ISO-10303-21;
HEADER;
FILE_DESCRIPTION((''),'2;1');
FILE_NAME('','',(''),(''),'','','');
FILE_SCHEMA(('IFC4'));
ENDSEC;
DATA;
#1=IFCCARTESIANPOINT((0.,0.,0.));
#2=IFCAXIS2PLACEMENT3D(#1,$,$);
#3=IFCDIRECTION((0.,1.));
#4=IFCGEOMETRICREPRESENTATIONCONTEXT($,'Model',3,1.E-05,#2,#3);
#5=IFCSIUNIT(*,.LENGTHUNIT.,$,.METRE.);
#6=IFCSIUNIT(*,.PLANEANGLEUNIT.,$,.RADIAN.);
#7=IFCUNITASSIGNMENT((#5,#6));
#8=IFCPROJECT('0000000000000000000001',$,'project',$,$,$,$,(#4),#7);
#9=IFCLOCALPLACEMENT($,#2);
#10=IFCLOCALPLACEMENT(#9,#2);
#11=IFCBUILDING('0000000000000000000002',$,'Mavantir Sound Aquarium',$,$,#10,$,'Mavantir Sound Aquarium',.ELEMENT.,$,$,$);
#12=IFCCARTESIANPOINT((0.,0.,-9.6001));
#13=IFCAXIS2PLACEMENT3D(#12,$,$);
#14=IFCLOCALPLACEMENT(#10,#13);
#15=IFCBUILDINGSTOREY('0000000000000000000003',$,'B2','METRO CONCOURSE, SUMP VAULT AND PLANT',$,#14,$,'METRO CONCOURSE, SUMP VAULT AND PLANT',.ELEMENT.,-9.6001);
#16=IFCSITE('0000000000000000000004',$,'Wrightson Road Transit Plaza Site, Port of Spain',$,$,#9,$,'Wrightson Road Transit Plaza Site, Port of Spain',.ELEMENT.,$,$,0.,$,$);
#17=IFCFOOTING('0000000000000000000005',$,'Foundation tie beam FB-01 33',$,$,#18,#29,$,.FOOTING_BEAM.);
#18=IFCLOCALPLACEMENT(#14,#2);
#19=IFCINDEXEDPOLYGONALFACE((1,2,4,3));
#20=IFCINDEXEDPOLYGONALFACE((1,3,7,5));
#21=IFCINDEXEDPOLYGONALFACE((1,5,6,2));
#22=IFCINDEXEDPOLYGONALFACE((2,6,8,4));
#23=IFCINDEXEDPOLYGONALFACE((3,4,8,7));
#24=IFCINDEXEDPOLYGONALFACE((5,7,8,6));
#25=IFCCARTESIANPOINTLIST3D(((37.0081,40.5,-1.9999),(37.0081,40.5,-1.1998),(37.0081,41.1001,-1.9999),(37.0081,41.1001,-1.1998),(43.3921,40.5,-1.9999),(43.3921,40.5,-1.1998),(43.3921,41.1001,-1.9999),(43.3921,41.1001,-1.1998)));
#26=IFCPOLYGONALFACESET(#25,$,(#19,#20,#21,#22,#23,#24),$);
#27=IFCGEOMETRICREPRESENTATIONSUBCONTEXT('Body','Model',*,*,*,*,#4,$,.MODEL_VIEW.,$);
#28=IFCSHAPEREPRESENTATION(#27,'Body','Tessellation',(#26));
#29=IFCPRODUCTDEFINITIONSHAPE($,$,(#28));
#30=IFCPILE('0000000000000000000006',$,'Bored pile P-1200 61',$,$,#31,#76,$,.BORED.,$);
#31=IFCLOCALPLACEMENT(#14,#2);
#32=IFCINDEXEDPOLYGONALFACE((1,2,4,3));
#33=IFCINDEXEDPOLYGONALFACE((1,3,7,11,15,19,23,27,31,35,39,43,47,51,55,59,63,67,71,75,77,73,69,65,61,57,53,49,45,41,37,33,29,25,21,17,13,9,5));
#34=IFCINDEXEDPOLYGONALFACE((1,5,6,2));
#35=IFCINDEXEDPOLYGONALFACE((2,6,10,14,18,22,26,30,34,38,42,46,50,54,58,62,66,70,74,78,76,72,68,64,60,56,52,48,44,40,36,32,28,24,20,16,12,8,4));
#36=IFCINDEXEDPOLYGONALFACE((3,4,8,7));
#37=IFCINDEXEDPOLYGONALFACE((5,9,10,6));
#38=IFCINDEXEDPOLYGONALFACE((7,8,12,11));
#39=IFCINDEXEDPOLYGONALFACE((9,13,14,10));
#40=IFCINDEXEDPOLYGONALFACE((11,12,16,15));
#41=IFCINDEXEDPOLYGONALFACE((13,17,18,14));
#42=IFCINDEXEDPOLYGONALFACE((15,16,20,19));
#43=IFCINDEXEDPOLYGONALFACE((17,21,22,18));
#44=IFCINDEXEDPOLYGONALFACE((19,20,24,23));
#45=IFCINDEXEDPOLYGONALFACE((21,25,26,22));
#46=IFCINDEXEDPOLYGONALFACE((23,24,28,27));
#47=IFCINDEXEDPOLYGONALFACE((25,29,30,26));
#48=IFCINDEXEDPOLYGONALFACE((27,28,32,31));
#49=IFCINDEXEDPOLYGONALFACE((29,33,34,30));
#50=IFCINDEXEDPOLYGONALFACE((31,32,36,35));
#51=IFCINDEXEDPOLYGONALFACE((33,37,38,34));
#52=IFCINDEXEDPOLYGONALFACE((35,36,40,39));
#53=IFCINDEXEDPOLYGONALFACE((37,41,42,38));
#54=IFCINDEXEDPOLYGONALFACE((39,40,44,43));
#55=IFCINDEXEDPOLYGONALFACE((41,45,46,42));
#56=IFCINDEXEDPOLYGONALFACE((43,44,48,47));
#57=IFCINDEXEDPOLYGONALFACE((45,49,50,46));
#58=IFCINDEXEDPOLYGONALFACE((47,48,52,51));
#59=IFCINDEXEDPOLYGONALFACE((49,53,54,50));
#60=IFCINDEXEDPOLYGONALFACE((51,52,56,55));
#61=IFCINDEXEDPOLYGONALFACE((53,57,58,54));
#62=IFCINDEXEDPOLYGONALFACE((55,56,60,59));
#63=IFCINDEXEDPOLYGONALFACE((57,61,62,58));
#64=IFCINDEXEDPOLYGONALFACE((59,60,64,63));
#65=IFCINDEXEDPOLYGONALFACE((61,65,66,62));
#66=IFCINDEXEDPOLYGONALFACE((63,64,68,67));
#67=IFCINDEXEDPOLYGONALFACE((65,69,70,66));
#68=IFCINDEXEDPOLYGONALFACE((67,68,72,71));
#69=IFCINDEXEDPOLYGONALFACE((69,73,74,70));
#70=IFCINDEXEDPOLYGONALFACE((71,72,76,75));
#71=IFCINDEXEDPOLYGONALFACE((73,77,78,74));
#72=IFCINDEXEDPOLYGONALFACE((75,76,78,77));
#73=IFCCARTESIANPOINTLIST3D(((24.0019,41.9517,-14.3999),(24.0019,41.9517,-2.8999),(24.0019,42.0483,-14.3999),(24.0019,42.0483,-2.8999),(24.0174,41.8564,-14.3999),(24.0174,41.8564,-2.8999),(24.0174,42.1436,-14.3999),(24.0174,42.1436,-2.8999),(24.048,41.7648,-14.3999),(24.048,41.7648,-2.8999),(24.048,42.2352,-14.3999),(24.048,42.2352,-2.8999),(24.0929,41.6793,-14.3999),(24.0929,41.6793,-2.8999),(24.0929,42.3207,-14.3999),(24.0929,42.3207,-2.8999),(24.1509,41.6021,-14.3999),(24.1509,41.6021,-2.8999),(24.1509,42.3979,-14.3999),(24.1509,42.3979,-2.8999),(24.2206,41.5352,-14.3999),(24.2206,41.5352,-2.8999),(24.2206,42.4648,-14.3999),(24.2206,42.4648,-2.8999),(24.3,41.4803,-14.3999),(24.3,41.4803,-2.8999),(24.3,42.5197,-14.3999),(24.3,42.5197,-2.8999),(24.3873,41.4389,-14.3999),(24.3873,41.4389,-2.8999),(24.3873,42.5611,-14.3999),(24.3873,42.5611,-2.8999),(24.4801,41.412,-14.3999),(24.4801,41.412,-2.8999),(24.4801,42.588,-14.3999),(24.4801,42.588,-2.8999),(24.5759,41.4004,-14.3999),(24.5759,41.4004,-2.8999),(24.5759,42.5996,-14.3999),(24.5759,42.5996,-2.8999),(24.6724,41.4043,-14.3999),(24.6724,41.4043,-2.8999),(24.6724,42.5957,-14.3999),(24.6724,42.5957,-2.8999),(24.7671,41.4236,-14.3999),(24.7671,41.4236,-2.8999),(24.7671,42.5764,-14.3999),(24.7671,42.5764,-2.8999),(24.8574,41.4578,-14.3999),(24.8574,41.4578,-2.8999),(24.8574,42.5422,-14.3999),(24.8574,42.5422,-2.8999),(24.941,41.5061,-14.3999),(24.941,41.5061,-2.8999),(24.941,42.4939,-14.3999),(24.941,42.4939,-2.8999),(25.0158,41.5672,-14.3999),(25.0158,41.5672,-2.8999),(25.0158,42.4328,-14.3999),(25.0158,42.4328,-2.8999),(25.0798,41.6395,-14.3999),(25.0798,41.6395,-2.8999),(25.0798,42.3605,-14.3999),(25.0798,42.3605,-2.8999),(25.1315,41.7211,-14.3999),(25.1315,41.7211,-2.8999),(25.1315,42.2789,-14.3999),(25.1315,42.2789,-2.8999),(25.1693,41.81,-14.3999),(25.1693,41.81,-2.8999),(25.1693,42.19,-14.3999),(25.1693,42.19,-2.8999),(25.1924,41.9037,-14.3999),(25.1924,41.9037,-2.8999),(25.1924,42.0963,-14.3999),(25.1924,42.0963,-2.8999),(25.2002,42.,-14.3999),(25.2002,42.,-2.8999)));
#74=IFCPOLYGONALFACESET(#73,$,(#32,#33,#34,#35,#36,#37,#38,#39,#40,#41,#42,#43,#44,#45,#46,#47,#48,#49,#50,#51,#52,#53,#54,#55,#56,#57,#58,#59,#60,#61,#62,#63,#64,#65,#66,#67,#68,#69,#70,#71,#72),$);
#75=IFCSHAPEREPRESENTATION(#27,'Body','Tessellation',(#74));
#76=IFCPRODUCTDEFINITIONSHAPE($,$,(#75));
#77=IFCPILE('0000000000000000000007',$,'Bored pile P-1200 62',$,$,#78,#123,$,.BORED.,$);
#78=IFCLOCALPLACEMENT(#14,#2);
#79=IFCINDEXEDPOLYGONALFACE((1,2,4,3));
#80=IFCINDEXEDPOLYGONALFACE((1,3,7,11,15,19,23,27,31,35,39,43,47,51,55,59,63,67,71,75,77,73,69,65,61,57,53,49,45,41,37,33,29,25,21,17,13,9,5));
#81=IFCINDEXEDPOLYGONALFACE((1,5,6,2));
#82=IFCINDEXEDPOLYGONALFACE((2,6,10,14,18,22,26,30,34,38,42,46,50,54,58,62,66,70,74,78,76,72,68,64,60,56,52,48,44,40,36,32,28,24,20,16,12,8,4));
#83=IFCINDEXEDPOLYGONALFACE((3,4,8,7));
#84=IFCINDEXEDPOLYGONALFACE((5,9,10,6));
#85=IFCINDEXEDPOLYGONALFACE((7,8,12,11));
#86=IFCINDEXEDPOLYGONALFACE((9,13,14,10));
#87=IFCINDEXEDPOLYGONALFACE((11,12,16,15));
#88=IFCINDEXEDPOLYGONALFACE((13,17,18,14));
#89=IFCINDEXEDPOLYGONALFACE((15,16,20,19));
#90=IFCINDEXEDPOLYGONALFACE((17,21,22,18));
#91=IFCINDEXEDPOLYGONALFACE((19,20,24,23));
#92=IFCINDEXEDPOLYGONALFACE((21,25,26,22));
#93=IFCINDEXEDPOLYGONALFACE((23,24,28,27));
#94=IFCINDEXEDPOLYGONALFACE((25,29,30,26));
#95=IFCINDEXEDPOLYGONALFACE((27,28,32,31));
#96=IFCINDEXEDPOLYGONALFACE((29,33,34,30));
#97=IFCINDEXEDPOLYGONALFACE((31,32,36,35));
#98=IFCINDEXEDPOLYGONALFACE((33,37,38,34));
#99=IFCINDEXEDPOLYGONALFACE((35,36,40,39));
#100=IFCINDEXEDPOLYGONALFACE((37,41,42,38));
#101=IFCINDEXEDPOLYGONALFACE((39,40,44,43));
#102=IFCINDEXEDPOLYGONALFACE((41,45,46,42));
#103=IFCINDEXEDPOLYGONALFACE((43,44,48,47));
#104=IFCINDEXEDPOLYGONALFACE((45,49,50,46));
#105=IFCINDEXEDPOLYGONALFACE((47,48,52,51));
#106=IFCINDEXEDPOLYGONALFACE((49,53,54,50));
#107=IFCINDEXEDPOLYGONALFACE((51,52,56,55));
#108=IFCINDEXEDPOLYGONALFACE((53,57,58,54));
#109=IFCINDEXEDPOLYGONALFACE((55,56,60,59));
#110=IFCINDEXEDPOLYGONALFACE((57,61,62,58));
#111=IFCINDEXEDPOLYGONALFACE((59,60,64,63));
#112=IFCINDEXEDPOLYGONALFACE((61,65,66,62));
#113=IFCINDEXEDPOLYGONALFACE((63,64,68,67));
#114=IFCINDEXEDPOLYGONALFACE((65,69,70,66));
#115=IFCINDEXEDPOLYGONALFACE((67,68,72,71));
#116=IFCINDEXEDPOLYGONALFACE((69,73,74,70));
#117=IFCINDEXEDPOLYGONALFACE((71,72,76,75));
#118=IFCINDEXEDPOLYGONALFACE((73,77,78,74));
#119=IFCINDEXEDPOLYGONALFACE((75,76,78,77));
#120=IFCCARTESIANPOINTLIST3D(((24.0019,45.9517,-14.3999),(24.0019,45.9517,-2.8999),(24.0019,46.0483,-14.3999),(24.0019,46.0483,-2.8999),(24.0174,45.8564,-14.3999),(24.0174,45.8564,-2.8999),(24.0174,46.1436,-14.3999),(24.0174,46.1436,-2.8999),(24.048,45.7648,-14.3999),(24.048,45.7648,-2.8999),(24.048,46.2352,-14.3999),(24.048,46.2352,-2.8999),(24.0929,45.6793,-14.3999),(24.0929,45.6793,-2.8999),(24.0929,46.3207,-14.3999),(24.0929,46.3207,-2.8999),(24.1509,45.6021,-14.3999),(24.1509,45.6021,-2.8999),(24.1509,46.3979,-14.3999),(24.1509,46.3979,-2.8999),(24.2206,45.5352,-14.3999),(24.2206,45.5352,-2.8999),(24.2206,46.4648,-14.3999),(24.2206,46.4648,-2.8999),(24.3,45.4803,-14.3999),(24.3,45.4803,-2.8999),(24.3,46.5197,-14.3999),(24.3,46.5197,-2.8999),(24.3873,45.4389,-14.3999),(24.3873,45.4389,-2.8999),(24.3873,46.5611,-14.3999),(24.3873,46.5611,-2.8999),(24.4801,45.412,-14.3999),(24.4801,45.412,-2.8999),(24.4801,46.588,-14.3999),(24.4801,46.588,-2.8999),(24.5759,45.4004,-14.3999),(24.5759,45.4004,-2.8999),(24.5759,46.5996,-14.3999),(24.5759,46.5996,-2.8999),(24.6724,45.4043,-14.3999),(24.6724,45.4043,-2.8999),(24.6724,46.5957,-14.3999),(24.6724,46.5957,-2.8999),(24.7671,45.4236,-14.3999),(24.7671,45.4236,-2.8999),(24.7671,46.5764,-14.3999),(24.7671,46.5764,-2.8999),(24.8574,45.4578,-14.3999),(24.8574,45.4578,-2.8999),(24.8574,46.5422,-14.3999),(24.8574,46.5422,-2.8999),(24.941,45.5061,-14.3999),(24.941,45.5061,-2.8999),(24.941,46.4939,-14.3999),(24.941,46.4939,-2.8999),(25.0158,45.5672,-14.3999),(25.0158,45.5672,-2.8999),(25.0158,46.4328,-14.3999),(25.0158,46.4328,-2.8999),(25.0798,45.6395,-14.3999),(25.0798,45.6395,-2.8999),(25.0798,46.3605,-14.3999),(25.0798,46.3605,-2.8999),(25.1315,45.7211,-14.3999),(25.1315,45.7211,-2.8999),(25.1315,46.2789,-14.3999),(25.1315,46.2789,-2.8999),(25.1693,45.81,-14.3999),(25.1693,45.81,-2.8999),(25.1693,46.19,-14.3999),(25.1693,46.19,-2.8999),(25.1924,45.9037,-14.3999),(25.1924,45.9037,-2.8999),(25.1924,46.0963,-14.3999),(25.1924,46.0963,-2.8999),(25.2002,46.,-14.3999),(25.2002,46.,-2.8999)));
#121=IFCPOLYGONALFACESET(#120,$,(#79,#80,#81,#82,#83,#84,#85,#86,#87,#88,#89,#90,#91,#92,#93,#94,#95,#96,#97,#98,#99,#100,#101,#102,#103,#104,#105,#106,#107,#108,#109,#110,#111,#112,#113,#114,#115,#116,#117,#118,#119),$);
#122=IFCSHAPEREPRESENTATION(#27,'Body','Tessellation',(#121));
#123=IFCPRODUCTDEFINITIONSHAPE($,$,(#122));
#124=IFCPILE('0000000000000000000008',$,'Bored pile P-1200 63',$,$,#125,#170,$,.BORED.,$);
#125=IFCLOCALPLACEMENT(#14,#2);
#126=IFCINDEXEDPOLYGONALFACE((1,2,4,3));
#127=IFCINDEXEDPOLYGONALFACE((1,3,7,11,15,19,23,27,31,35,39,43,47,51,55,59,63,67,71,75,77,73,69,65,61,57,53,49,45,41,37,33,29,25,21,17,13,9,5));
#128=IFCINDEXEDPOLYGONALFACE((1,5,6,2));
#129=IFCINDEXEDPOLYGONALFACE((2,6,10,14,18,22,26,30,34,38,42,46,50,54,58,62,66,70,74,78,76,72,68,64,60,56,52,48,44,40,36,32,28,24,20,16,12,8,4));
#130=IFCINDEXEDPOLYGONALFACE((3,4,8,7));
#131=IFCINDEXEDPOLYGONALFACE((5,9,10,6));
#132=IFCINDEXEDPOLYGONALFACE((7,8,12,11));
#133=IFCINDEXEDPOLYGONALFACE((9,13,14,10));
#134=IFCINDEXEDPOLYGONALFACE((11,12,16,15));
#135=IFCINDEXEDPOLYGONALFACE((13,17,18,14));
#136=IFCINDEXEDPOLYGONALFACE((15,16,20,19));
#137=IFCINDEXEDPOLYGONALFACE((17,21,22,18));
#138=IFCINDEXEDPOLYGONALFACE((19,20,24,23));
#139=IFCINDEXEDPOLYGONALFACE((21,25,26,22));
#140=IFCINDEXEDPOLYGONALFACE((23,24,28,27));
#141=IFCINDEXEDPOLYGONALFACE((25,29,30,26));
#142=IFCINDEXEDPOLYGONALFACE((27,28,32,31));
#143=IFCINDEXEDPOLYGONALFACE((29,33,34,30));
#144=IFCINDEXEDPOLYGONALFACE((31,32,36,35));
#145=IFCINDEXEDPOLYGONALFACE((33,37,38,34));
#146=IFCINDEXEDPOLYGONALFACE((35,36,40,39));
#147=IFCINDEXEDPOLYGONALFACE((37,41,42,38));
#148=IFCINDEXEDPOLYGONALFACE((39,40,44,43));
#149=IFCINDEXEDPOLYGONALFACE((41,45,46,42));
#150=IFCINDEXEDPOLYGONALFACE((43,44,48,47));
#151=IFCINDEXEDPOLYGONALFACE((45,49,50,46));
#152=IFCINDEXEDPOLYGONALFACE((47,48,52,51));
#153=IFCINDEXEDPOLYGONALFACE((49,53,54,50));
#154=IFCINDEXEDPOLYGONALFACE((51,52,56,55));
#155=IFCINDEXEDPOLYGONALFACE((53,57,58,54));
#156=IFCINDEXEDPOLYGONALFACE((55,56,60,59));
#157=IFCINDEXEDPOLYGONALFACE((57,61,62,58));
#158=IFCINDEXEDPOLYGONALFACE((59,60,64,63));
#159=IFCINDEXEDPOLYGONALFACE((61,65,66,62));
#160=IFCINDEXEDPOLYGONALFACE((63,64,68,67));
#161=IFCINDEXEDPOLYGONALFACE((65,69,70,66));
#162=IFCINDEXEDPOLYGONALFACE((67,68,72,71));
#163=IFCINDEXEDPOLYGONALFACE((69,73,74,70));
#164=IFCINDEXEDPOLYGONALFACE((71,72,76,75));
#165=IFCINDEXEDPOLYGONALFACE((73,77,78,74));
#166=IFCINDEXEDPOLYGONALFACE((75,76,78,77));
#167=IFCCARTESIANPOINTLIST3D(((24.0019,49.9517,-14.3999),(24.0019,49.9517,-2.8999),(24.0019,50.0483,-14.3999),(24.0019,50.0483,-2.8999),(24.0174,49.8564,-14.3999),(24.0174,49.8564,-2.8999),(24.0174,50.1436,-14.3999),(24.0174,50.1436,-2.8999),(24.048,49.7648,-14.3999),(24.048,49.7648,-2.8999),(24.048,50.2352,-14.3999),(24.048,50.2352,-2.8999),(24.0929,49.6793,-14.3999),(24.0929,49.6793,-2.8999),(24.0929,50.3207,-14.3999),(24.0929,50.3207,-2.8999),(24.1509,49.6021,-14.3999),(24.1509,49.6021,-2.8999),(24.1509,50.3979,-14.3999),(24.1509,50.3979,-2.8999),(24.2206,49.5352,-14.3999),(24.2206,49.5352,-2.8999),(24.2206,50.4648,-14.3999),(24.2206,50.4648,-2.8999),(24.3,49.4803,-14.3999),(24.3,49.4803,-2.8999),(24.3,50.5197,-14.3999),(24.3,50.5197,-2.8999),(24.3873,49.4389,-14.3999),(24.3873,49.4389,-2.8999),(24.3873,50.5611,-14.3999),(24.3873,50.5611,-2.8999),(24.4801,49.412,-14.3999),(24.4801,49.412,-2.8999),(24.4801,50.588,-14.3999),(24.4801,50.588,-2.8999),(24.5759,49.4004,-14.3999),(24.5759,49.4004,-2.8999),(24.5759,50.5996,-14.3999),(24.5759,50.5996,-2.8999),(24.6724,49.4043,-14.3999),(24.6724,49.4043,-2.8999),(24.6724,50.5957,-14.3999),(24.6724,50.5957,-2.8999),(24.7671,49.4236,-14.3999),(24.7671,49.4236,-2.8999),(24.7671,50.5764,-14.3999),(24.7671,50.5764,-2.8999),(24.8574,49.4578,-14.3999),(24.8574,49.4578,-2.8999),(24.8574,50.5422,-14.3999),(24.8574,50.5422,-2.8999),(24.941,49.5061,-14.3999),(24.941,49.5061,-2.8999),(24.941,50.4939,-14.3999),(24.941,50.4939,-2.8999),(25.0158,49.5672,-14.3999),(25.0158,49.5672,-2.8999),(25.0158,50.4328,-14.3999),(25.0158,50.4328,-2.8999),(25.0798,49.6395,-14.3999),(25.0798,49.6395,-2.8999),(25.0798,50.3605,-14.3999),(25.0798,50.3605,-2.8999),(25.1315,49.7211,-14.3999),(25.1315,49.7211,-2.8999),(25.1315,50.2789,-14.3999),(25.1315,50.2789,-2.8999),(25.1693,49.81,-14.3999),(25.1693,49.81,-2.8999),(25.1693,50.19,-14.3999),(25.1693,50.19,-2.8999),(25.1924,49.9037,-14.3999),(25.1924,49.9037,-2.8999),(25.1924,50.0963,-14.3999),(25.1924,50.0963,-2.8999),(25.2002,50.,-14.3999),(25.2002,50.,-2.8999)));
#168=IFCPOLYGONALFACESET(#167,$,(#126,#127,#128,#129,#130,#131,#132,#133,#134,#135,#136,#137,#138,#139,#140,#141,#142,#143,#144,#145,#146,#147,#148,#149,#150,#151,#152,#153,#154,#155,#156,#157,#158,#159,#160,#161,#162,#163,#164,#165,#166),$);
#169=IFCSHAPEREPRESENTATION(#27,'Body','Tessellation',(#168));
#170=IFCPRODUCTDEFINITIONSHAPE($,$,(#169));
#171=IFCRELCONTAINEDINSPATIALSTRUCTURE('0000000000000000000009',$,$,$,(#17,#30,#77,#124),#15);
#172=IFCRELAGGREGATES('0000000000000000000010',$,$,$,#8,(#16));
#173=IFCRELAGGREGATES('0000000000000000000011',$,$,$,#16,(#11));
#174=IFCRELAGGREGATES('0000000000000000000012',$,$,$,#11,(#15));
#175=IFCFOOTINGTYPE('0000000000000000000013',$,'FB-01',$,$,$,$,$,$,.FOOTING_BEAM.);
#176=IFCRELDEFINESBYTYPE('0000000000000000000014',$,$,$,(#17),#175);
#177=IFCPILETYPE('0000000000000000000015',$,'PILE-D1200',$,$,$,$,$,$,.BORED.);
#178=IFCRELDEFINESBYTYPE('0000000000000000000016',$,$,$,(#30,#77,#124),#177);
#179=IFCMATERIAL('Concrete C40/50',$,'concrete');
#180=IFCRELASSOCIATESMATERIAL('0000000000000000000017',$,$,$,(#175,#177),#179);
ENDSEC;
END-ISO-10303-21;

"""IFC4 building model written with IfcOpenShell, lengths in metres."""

from ifc_helpers import new_model, si_unit, direction, frame, origin, origin_2d, place, context, subcontext, project, spatial, rectangle, circle, extrude, material, material_profile, profile_set, type_object, element, save


model = new_model("IFC4")

# Units and contexts
model_context = context("Model", 3, precision=1e-05, world=origin(), true_north=direction((0.0, 1.0)))
body_context = subcontext(model_context, "Body", "Model", "MODEL_VIEW")
ifc_project = project(units=[si_unit("LENGTHUNIT", "METRE"), si_unit("PLANEANGLEUNIT", "RADIAN")], contexts=[model_context])

# Site, building, storey
site_placement = place(None, origin())
site = spatial("IfcSite", under=ifc_project, at=site_placement, Name="Wrightson Road Transit Plaza Site, Port of Spain", LongName="Wrightson Road Transit Plaza Site, Port of Spain", CompositionType="ELEMENT", RefElevation=0.0)
building_placement = place(site_placement, origin())
building = spatial("IfcBuilding", under=site, at=building_placement, Name="Mavantir Sound Aquarium", LongName="Mavantir Sound Aquarium", CompositionType="ELEMENT")
storey_placement = place(building_placement, frame((0.0, 0.0, -9.6001)))
storey = spatial("IfcBuildingStorey", under=building, at=storey_placement, Name="B2", Description="METRO CONCOURSE, SUMP VAULT AND PLANT", LongName="METRO CONCOURSE, SUMP VAULT AND PLANT", CompositionType="ELEMENT", Elevation=-9.6001)

# Footing
ifc_material_1 = material(Name="Concrete C40/50", Category="concrete")
ifc_material_profile_1 = material_profile(ifc_material_1, rectangle(XDim=0.6001, YDim=0.8, at=origin_2d()), Name="RC 600X800")
ifc_profile_set_1 = profile_set([ifc_material_profile_1], Name="Concrete C40/50")
footing_type = type_object("IfcFootingType", Name="FB-01", PredefinedType="FOOTING_BEAM", material=ifc_profile_set_1)
footing_placement = place(storey_placement, frame((37.0081, 40.8, -1.5999), z_axis=(1.0, 0.0, 0.0), x_axis=(0.0, 1.0, 0.0)))
element("IfcFooting", 1, at=footing_placement, inside=storey, type_object=footing_type, Name="Foundation tie beam FB-01 33", PredefinedType="FOOTING_BEAM", context=body_context, shape_type="SweptSolid", body=[
    extrude(rectangle(XDim=0.6001, YDim=0.8, at=origin_2d()), origin(), (0.0, 0.0, 1.0), 6.384),
])

# Piles
ifc_material_profile_2 = material_profile(ifc_material_1, circle(Radius=0.6001, at=origin_2d()), Name="PILE D1200")
ifc_profile_set_2 = profile_set([ifc_material_profile_2], Name="Concrete C40/50")
pile_type_1 = type_object("IfcPileType", Name="PILE-D1200", PredefinedType="BORED", material=ifc_profile_set_2)
for number, where, z_axis, x_axis, name in (
    (2, (24.6001, 42.0, -2.8999), (0.0, 0.0, -1.0), (1.0, 0.0, 0.0), "Bored pile P-1200 61"),
    (3, (24.6001, 46.0, -2.8999), (0.0, 0.0, -1.0), (1.0, 0.0, 0.0), "Bored pile P-1200 62"),
    (4, (24.6001, 50.0, -2.8999), (0.0, 0.0, -1.0), (1.0, 0.0, 0.0), "Bored pile P-1200 63"),
):
    element("IfcPile", number, at=place(storey_placement, frame(where, z_axis=z_axis, x_axis=x_axis)), inside=storey, type_object=pile_type_1, Name=name, PredefinedType="BORED", context=body_context, shape_type="SweptSolid", body=[
        extrude(circle(Radius=0.6001, at=origin_2d()), origin(), (0.0, 0.0, 1.0), 11.5),
    ])

save(model, "model.ifc")
